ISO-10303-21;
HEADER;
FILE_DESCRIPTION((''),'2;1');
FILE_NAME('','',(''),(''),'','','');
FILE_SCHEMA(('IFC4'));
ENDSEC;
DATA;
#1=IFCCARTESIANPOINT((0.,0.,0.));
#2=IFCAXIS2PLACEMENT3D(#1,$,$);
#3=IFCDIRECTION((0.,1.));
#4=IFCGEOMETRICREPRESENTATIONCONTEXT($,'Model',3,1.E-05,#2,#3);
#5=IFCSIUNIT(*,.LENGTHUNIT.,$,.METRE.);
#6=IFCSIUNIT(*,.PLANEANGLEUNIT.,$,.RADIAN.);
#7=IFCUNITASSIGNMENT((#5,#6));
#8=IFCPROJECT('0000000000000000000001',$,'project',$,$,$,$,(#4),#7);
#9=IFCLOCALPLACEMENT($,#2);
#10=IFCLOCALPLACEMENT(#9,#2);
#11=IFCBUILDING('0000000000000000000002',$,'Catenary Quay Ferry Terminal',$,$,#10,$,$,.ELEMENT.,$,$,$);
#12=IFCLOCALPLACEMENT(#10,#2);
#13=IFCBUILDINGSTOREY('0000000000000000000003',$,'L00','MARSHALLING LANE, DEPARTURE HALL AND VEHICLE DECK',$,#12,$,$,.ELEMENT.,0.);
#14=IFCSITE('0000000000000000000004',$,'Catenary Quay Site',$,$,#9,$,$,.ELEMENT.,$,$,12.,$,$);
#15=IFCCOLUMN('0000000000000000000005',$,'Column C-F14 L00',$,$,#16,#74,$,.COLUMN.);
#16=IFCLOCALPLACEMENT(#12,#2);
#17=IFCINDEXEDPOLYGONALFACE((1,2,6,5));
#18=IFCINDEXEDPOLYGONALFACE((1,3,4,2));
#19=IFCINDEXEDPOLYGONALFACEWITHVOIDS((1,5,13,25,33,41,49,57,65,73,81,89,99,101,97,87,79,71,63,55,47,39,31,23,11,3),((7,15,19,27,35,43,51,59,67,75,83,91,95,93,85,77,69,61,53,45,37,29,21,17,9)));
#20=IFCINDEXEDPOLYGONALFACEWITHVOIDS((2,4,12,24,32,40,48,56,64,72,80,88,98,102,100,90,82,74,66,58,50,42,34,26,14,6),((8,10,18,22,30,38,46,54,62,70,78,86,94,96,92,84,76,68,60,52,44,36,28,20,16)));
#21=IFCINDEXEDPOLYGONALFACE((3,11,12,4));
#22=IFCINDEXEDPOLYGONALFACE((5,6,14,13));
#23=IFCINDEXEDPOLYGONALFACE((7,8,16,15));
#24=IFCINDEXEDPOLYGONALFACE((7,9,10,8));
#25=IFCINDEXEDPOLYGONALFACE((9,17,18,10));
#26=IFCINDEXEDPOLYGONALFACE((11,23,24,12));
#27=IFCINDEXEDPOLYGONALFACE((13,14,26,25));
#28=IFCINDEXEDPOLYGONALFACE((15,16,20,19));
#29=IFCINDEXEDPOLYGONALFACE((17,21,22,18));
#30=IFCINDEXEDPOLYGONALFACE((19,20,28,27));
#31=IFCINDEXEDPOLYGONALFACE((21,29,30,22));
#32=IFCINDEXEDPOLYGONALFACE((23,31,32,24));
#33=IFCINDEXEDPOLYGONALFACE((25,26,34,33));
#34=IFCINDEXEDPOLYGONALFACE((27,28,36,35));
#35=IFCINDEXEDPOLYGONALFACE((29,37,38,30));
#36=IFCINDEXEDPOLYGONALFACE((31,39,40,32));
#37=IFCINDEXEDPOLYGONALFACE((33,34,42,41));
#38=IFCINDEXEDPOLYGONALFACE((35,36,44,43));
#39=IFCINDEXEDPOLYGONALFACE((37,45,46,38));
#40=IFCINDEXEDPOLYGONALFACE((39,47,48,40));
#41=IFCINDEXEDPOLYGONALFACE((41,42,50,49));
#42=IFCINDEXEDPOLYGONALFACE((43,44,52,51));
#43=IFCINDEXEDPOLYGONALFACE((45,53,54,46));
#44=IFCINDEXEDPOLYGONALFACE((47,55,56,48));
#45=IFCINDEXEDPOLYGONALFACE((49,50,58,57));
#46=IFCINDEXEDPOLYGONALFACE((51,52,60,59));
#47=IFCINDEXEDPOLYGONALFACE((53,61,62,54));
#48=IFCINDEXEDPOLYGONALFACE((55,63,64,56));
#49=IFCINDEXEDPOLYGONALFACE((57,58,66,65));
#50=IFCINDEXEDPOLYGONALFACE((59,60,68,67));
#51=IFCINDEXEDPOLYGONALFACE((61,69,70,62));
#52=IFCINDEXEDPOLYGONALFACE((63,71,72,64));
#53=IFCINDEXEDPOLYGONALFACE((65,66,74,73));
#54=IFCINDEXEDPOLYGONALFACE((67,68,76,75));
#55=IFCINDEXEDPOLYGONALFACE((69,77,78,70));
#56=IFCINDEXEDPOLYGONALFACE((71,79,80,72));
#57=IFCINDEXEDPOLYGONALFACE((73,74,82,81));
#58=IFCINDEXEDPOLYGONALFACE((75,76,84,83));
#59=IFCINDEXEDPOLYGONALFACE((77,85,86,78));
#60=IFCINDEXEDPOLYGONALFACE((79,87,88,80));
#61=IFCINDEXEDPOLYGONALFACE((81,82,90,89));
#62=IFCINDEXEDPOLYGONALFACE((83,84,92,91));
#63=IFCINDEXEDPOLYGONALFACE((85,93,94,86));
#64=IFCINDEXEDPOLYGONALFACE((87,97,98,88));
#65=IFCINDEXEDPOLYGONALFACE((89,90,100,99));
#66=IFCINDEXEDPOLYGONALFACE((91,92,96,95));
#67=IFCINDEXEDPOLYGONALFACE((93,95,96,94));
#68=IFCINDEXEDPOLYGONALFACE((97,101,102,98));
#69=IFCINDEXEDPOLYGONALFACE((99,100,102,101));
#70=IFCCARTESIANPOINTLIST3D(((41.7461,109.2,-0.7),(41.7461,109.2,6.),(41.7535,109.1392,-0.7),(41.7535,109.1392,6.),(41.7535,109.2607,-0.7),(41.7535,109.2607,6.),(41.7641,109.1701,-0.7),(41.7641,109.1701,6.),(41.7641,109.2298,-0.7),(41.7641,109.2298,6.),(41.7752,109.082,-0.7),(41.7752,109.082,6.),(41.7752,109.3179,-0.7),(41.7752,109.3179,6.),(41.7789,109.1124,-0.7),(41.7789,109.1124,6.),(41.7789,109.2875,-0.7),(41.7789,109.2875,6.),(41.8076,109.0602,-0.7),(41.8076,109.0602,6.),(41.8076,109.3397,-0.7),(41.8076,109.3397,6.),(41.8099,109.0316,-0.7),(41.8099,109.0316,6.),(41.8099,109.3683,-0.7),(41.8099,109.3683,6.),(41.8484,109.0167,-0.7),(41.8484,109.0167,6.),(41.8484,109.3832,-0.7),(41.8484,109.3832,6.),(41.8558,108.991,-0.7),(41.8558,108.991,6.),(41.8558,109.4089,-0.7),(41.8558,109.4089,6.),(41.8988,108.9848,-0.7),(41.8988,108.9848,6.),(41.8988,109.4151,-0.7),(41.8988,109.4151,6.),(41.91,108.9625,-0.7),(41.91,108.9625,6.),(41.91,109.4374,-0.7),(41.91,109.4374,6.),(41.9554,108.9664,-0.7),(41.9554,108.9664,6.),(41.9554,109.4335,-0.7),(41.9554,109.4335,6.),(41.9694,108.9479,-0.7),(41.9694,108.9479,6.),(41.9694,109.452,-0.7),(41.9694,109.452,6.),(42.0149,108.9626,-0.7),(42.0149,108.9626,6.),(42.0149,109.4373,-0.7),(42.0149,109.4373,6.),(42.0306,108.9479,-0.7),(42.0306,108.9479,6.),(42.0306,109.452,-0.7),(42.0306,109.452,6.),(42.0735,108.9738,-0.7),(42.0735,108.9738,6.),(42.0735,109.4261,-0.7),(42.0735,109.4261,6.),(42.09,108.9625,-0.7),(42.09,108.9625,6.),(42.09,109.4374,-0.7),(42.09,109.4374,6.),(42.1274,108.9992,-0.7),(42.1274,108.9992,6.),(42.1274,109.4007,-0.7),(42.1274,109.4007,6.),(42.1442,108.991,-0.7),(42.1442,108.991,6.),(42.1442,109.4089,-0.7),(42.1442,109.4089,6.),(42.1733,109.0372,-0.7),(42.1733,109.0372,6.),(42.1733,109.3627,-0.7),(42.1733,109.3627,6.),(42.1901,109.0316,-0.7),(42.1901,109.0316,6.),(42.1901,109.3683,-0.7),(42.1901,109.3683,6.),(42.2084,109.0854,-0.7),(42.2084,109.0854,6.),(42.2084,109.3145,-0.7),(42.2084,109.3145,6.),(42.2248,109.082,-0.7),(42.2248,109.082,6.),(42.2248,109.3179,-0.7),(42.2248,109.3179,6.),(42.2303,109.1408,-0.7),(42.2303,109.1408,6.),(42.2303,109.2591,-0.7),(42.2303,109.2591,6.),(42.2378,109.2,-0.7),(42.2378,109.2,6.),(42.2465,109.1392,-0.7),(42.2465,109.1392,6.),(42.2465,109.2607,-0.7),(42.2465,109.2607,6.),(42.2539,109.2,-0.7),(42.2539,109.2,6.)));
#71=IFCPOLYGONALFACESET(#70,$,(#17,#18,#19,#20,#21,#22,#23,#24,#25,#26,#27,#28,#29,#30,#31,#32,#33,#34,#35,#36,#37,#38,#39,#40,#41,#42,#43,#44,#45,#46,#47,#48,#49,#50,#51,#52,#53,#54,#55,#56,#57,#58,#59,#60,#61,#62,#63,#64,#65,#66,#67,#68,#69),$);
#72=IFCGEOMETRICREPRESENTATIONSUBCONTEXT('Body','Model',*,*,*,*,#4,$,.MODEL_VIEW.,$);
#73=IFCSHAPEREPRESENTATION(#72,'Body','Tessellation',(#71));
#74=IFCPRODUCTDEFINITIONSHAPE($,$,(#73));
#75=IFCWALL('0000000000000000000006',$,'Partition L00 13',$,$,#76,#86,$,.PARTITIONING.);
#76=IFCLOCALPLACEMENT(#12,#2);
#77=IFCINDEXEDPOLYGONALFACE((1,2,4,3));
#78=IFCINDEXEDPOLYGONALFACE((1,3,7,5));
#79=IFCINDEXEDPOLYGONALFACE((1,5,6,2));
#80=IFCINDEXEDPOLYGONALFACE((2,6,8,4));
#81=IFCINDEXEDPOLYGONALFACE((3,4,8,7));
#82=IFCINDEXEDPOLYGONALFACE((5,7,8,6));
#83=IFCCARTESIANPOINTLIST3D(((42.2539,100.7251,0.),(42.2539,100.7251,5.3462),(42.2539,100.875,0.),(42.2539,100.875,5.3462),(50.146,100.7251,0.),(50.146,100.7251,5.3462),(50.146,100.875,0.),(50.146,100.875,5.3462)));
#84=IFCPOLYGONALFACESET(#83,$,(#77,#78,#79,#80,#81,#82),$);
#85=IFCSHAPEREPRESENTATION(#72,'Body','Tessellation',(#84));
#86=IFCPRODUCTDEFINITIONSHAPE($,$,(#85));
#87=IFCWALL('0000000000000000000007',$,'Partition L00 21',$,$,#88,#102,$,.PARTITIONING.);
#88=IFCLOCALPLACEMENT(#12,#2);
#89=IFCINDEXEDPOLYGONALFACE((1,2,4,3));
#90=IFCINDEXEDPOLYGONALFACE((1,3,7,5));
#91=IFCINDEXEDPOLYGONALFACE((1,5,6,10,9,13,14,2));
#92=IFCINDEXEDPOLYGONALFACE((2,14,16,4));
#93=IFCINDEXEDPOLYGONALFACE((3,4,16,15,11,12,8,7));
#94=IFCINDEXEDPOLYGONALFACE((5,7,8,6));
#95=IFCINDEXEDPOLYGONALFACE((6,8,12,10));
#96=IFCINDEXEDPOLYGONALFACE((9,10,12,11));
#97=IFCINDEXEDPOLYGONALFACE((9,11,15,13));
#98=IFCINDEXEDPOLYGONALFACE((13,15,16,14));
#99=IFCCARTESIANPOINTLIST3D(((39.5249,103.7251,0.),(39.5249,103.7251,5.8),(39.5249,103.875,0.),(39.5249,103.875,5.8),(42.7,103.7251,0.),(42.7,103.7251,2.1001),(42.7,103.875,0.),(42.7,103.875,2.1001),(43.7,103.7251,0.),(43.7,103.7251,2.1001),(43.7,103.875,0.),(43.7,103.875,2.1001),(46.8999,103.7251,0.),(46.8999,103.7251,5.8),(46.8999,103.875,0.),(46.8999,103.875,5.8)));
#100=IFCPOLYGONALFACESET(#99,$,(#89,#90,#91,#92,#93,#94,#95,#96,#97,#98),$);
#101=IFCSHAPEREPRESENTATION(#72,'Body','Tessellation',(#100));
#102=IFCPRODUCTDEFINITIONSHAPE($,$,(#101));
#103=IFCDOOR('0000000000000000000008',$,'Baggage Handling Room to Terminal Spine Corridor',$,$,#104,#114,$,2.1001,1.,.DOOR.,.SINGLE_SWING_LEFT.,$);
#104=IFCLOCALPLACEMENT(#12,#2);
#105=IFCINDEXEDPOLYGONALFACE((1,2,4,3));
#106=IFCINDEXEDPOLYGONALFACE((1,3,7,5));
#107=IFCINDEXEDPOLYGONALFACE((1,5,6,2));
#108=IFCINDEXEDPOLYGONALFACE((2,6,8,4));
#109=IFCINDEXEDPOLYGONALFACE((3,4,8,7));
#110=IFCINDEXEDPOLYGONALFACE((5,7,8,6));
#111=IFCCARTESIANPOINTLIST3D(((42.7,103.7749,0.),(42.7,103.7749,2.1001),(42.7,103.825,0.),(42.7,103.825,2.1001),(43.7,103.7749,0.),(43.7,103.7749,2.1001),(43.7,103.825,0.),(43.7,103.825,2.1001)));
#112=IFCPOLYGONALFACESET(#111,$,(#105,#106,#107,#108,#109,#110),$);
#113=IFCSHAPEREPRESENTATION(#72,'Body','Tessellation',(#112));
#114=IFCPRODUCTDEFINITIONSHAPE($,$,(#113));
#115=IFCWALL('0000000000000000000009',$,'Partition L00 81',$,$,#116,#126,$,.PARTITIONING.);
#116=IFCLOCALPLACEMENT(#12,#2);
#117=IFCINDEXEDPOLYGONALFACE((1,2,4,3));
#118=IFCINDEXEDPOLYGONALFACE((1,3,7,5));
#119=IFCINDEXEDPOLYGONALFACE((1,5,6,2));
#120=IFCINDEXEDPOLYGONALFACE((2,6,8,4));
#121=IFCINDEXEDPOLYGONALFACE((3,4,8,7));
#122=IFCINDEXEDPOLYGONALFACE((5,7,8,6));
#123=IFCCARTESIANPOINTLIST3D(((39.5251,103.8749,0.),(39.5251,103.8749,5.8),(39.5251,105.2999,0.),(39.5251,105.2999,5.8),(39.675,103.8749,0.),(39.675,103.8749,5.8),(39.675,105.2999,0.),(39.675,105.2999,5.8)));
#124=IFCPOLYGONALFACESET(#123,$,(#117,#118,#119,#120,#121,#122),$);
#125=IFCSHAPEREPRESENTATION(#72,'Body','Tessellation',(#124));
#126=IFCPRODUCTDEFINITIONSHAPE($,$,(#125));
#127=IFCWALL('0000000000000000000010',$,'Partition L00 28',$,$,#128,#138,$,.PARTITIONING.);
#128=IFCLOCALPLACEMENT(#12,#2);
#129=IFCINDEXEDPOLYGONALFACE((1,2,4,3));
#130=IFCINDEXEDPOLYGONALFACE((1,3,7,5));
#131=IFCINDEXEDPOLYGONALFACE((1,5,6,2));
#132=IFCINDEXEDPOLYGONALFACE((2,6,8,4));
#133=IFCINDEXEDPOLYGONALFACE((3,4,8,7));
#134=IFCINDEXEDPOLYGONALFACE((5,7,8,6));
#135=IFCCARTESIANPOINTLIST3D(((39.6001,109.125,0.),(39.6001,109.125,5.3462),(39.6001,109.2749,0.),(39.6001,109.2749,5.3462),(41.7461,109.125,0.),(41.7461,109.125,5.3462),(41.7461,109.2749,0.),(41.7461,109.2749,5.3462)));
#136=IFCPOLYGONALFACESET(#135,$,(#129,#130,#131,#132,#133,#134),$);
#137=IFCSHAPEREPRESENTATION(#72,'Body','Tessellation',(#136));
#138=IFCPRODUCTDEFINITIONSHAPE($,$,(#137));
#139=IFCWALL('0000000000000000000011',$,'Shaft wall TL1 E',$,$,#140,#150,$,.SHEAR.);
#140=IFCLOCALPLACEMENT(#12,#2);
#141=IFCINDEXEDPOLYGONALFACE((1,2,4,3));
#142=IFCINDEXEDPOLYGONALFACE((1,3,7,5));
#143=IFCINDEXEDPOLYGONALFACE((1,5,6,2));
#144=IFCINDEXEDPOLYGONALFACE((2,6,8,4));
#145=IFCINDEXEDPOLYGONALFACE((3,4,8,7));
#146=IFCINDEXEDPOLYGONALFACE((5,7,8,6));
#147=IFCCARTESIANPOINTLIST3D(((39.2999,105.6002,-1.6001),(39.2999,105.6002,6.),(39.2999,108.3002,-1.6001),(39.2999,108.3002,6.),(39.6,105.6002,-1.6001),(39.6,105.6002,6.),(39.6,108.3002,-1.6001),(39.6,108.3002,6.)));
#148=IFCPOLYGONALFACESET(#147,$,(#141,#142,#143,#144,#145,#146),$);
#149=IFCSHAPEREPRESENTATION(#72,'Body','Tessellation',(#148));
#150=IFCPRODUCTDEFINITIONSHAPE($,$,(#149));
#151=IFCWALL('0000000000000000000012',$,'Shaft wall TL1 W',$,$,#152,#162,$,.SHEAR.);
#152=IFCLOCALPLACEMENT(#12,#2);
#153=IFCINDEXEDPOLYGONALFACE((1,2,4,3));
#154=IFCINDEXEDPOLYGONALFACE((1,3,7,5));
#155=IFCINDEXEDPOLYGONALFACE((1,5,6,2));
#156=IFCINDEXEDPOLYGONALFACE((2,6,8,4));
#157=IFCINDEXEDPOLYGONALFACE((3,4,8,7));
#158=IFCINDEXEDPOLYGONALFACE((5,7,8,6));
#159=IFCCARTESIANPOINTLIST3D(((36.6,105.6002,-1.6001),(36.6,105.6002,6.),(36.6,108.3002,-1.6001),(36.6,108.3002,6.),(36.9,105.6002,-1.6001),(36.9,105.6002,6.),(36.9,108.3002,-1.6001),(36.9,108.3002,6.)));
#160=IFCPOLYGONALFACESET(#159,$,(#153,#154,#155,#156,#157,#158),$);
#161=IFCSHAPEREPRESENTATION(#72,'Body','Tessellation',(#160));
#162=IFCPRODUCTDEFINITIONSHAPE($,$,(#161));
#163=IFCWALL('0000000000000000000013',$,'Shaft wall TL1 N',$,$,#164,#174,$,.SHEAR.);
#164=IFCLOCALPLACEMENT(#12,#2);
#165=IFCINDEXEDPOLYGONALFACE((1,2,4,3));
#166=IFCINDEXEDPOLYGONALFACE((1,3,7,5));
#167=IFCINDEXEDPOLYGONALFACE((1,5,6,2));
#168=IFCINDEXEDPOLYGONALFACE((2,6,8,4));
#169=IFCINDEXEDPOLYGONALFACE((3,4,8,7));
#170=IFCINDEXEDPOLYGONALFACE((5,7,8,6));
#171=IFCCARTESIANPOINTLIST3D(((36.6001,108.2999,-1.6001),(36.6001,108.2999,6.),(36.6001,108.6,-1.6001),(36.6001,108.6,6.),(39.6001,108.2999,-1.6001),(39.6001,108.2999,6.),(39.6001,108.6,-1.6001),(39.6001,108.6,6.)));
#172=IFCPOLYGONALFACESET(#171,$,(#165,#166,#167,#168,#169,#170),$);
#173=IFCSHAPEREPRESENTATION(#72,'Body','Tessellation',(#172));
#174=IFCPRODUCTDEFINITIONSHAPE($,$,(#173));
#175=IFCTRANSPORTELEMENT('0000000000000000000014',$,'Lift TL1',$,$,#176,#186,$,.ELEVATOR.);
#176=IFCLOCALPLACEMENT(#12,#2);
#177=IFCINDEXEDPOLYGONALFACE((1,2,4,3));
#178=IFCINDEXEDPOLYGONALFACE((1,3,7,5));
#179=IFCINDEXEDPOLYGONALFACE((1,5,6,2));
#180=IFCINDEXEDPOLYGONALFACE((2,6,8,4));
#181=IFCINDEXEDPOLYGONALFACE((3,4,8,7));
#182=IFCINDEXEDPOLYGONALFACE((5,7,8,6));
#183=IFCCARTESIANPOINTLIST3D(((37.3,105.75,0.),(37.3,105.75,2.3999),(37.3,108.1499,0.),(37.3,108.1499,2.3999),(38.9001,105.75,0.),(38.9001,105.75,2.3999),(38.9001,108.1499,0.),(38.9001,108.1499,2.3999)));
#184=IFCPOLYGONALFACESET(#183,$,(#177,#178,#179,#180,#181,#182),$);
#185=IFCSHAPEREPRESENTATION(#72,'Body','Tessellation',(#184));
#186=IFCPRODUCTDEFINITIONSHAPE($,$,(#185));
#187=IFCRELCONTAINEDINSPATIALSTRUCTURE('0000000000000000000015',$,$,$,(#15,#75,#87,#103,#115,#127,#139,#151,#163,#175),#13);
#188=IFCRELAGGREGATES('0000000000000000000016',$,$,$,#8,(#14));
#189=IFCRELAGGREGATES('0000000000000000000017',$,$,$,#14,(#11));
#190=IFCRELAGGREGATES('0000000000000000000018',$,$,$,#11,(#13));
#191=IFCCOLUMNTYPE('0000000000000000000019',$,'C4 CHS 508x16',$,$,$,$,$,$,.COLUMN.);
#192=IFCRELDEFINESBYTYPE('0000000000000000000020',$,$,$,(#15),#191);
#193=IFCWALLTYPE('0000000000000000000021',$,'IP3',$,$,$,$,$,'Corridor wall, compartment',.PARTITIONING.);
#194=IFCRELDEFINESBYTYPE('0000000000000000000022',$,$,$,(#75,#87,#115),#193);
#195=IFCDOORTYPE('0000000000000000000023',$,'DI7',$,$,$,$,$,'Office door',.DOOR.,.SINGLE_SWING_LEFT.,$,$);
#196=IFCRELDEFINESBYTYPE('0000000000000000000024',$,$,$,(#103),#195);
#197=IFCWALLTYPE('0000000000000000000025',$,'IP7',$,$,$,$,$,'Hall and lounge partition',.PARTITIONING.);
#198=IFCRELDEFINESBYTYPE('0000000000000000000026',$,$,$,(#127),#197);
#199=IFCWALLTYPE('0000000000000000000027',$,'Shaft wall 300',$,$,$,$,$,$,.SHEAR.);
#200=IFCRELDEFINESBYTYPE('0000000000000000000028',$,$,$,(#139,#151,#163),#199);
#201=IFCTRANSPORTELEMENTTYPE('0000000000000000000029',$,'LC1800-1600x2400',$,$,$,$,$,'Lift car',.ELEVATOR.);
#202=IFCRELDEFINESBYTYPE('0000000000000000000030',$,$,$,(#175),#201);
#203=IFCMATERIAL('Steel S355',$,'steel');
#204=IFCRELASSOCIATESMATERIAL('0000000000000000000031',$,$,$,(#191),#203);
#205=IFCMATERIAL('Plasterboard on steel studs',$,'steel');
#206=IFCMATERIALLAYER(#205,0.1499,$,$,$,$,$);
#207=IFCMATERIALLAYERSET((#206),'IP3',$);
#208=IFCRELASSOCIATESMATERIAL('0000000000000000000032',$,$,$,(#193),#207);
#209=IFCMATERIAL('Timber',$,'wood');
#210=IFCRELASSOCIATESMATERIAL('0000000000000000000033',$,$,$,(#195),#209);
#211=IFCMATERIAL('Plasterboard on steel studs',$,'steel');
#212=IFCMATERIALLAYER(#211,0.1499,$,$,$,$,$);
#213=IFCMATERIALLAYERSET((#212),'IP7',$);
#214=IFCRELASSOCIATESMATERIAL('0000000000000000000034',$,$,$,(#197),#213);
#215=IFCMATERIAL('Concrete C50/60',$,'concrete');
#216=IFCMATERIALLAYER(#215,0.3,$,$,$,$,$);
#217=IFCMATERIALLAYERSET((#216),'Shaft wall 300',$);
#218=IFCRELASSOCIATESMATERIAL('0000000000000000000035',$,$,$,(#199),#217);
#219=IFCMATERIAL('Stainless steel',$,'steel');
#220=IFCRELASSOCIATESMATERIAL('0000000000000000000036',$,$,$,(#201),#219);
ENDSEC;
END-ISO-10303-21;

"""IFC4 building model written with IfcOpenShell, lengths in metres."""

from ifc_helpers import new_model, si_unit, direction, frame, frame_2d, origin, origin_2d, place, context, subcontext, project, spatial, rectangle, hollow_circle, extrude, material, layer, layer_set, material_profile, profile_set, type_object, element, fill, save


model = new_model("IFC4")

# Units and contexts
model_context = context("Model", 3, precision=1e-05, world=origin(), true_north=direction((0.0, 1.0)))
body_context = subcontext(model_context, "Body", "Model", "MODEL_VIEW")
ifc_project = project(units=[si_unit("LENGTHUNIT", "METRE"), si_unit("PLANEANGLEUNIT", "RADIAN")], contexts=[model_context])

# Site, building, storey
site_placement = place(None, origin())
site = spatial("IfcSite", under=ifc_project, at=site_placement, Name="Catenary Quay Site", CompositionType="ELEMENT", RefElevation=12.0)
building_placement = place(site_placement, origin())
building = spatial("IfcBuilding", under=site, at=building_placement, Name="Catenary Quay Ferry Terminal", CompositionType="ELEMENT")
storey_placement = place(building_placement, origin())
storey = spatial("IfcBuildingStorey", under=building, at=storey_placement, Name="L00", Description="MARSHALLING LANE, DEPARTURE HALL AND VEHICLE DECK", CompositionType="ELEMENT", Elevation=0.0)

# Column
ifc_material_1 = material(Name="Steel S355", Category="steel")
ifc_material_profile_1 = material_profile(ifc_material_1, hollow_circle(Radius=0.2539, WallThickness=0.0161, at=origin_2d()), Name="CHS 508x16")
ifc_profile_set_1 = profile_set([ifc_material_profile_1], Name="Steel S355")
column_type = type_object("IfcColumnType", Name="C4 CHS 508x16", PredefinedType="COLUMN", material=ifc_profile_set_1)
for number, where, z_axis, x_axis, name in (
    (1, (42.0, 109.2, -0.7), (0.0, 0.0, 1.0), (1.0, 0.0, 0.0), "Column C-F14 L00"),
):
    element("IfcColumn", number, at=place(storey_placement, frame(where, z_axis=z_axis, x_axis=x_axis)), inside=storey, type_object=column_type, Name=name, PredefinedType="COLUMN", context=body_context, shape_type="SweptSolid", body=[
        extrude(hollow_circle(Radius=0.2539, WallThickness=0.0161, at=origin_2d()), origin(), (0.0, 0.0, 1.0), 6.7),
    ])

# Wall
ifc_material_2 = material(Name="Plasterboard on steel studs", Category="steel")
ifc_layer_1 = layer(ifc_material_2, 0.1499)
ifc_layer_set_1 = layer_set([ifc_layer_1], Name="IP3")
wall_type_1 = type_object("IfcWallType", Name="IP3", ElementType="Corridor wall, compartment", PredefinedType="PARTITIONING", material=ifc_layer_set_1)
wall_1_placement = place(storey_placement, frame((42.2539, 100.8, 0.0), z_axis=(0.0, 0.0, 1.0), x_axis=(1.0, 0.0, 0.0)))
element("IfcWall", 2, at=wall_1_placement, inside=storey, type_object=wall_type_1, Name="Partition L00 13", PredefinedType="PARTITIONING", context=body_context, shape_type="SweptSolid", body=[
    extrude(rectangle(XDim=7.8921, YDim=0.1499, at=frame_2d((3.946, 0.0))), origin(), (0.0, 0.0, 1.0), 5.3462),
])

# Wall, opening, door
wall_2_placement = place(storey_placement, frame((39.5249, 103.8, 0.0), z_axis=(0.0, 0.0, 1.0), x_axis=(1.0, 0.0, 0.0)))
wall_2 = element("IfcWall", 3, at=wall_2_placement, inside=storey, type_object=wall_type_1, Name="Partition L00 21", PredefinedType="PARTITIONING", context=body_context, shape_type="SweptSolid", body=[
    extrude(rectangle(XDim=7.375, YDim=0.1499, at=frame_2d((3.6875, 0.0))), origin(), (0.0, 0.0, 1.0), 5.8),
])
opening_1_placement = place(wall_2_placement, frame((3.175, 0.0, 0.0)))
opening_1 = element("IfcOpeningElement", 4, at=opening_1_placement, cuts=wall_2, PredefinedType="OPENING", context=body_context, shape_type="SweptSolid", body=[
    extrude(rectangle(XDim=1.0, YDim=2.1001, at=frame_2d((0.5, 1.05))), frame((0.0, 0.085, 0.0), z_axis=(0.0, -1.0, 0.0), x_axis=(1.0, 0.0, 0.0)), (0.0, 0.0, 1.0), 0.1699),
])
ifc_material_3 = material(Name="Timber", Category="wood")
door_type_1 = type_object("IfcDoorType", Name="DI7", ElementType="Office door", OperationType="SINGLE_SWING_LEFT", PredefinedType="DOOR", material=ifc_material_3)
door_1_placement = place(opening_1_placement, origin())
door_1 = element("IfcDoor", 5, at=door_1_placement, inside=storey, type_object=door_type_1, Name="Baggage Handling Room to Terminal Spine Corridor", OperationType="SINGLE_SWING_LEFT", OverallHeight=2.1001, OverallWidth=1.0, PredefinedType="DOOR", context=body_context, shape_type="SweptSolid", body=[
    extrude(rectangle(XDim=1.0, YDim=2.1001, at=frame_2d((0.5, 1.05))), frame((0.0, 0.0249, 0.0), z_axis=(0.0, -1.0, 0.0), x_axis=(1.0, 0.0, 0.0)), (0.0, 0.0, 1.0), 0.05),
])
fill(opening_1, door_1)

# Walls
wall_3_placement = place(storey_placement, frame((39.6001, 103.875, 0.0), z_axis=(0.0, 0.0, 1.0), x_axis=(0.0, 1.0, 0.0)))
element("IfcWall", 6, at=wall_3_placement, inside=storey, type_object=wall_type_1, Name="Partition L00 81", PredefinedType="PARTITIONING", context=body_context, shape_type="SweptSolid", body=[
    extrude(rectangle(XDim=1.425, YDim=0.1499, at=frame_2d((0.7124, 0.0))), origin(), (0.0, 0.0, 1.0), 5.8),
])
ifc_material_4 = material(Name="Plasterboard on steel studs", Category="steel")
ifc_layer_2 = layer(ifc_material_4, 0.1499)
ifc_layer_set_2 = layer_set([ifc_layer_2], Name="IP7")
wall_type_2 = type_object("IfcWallType", Name="IP7", ElementType="Hall and lounge partition", PredefinedType="PARTITIONING", material=ifc_layer_set_2)
wall_4_placement = place(storey_placement, frame((39.6001, 109.2, 0.0), z_axis=(0.0, 0.0, 1.0), x_axis=(1.0, 0.0, 0.0)))
element("IfcWall", 7, at=wall_4_placement, inside=storey, type_object=wall_type_2, Name="Partition L00 28", PredefinedType="PARTITIONING", context=body_context, shape_type="SweptSolid", body=[
    extrude(rectangle(XDim=2.146, YDim=0.1499, at=frame_2d((1.073, 0.0))), origin(), (0.0, 0.0, 1.0), 5.3462),
])

# Walls
ifc_material_5 = material(Name="Concrete C50/60", Category="concrete")
ifc_layer_3 = layer(ifc_material_5, 0.3)
ifc_layer_set_3 = layer_set([ifc_layer_3], Name="Shaft wall 300")
wall_type_3 = type_object("IfcWallType", Name="Shaft wall 300", PredefinedType="SHEAR", material=ifc_layer_set_3)
for number, where, z_axis, x_axis, name in (
    (8, (39.45, 105.6001, -1.6001), (0.0, 0.0, 1.0), (0.0, 1.0, 0.0), "Shaft wall TL1 E"),
    (9, (36.75, 105.6001, -1.6001), (0.0, 0.0, 1.0), (0.0, 1.0, 0.0), "Shaft wall TL1 W"),
):
    element("IfcWall", number, at=place(storey_placement, frame(where, z_axis=z_axis, x_axis=x_axis)), inside=storey, type_object=wall_type_3, Name=name, PredefinedType="SHEAR", context=body_context, shape_type="SweptSolid", body=[
        extrude(rectangle(XDim=2.7, YDim=0.3, at=frame_2d((1.3501, 0.0))), origin(), (0.0, 0.0, 1.0), 7.6001),
    ])
wall_5_placement = place(storey_placement, frame((36.6001, 108.45, -1.6001), z_axis=(0.0, 0.0, 1.0), x_axis=(1.0, 0.0, 0.0)))
element("IfcWall", 10, at=wall_5_placement, inside=storey, type_object=wall_type_3, Name="Shaft wall TL1 N", PredefinedType="SHEAR", context=body_context, shape_type="SweptSolid", body=[
    extrude(rectangle(XDim=3.0, YDim=0.3, at=frame_2d((1.5, 0.0))), origin(), (0.0, 0.0, 1.0), 7.6001),
])

# Transport element
ifc_material_6 = material(Name="Stainless steel", Category="steel")
transport_element_type = type_object("IfcTransportElementType", Name="LC1800-1600x2400", ElementType="Lift car", PredefinedType="ELEVATOR", material=ifc_material_6)
transport_element_placement = place(storey_placement, frame((38.1001, 106.95, 0.0), z_axis=(0.0, 0.0, 1.0), x_axis=(1.0, 0.0, 0.0)))
element("IfcTransportElement", 11, at=transport_element_placement, inside=storey, type_object=transport_element_type, Name="Lift TL1", PredefinedType="ELEVATOR", context=body_context, shape_type="SweptSolid", body=[
    extrude(rectangle(XDim=1.6001, YDim=2.3999, at=origin_2d()), origin(), (0.0, 0.0, 1.0), 2.3999),
])

save(model, "model.ifc")
